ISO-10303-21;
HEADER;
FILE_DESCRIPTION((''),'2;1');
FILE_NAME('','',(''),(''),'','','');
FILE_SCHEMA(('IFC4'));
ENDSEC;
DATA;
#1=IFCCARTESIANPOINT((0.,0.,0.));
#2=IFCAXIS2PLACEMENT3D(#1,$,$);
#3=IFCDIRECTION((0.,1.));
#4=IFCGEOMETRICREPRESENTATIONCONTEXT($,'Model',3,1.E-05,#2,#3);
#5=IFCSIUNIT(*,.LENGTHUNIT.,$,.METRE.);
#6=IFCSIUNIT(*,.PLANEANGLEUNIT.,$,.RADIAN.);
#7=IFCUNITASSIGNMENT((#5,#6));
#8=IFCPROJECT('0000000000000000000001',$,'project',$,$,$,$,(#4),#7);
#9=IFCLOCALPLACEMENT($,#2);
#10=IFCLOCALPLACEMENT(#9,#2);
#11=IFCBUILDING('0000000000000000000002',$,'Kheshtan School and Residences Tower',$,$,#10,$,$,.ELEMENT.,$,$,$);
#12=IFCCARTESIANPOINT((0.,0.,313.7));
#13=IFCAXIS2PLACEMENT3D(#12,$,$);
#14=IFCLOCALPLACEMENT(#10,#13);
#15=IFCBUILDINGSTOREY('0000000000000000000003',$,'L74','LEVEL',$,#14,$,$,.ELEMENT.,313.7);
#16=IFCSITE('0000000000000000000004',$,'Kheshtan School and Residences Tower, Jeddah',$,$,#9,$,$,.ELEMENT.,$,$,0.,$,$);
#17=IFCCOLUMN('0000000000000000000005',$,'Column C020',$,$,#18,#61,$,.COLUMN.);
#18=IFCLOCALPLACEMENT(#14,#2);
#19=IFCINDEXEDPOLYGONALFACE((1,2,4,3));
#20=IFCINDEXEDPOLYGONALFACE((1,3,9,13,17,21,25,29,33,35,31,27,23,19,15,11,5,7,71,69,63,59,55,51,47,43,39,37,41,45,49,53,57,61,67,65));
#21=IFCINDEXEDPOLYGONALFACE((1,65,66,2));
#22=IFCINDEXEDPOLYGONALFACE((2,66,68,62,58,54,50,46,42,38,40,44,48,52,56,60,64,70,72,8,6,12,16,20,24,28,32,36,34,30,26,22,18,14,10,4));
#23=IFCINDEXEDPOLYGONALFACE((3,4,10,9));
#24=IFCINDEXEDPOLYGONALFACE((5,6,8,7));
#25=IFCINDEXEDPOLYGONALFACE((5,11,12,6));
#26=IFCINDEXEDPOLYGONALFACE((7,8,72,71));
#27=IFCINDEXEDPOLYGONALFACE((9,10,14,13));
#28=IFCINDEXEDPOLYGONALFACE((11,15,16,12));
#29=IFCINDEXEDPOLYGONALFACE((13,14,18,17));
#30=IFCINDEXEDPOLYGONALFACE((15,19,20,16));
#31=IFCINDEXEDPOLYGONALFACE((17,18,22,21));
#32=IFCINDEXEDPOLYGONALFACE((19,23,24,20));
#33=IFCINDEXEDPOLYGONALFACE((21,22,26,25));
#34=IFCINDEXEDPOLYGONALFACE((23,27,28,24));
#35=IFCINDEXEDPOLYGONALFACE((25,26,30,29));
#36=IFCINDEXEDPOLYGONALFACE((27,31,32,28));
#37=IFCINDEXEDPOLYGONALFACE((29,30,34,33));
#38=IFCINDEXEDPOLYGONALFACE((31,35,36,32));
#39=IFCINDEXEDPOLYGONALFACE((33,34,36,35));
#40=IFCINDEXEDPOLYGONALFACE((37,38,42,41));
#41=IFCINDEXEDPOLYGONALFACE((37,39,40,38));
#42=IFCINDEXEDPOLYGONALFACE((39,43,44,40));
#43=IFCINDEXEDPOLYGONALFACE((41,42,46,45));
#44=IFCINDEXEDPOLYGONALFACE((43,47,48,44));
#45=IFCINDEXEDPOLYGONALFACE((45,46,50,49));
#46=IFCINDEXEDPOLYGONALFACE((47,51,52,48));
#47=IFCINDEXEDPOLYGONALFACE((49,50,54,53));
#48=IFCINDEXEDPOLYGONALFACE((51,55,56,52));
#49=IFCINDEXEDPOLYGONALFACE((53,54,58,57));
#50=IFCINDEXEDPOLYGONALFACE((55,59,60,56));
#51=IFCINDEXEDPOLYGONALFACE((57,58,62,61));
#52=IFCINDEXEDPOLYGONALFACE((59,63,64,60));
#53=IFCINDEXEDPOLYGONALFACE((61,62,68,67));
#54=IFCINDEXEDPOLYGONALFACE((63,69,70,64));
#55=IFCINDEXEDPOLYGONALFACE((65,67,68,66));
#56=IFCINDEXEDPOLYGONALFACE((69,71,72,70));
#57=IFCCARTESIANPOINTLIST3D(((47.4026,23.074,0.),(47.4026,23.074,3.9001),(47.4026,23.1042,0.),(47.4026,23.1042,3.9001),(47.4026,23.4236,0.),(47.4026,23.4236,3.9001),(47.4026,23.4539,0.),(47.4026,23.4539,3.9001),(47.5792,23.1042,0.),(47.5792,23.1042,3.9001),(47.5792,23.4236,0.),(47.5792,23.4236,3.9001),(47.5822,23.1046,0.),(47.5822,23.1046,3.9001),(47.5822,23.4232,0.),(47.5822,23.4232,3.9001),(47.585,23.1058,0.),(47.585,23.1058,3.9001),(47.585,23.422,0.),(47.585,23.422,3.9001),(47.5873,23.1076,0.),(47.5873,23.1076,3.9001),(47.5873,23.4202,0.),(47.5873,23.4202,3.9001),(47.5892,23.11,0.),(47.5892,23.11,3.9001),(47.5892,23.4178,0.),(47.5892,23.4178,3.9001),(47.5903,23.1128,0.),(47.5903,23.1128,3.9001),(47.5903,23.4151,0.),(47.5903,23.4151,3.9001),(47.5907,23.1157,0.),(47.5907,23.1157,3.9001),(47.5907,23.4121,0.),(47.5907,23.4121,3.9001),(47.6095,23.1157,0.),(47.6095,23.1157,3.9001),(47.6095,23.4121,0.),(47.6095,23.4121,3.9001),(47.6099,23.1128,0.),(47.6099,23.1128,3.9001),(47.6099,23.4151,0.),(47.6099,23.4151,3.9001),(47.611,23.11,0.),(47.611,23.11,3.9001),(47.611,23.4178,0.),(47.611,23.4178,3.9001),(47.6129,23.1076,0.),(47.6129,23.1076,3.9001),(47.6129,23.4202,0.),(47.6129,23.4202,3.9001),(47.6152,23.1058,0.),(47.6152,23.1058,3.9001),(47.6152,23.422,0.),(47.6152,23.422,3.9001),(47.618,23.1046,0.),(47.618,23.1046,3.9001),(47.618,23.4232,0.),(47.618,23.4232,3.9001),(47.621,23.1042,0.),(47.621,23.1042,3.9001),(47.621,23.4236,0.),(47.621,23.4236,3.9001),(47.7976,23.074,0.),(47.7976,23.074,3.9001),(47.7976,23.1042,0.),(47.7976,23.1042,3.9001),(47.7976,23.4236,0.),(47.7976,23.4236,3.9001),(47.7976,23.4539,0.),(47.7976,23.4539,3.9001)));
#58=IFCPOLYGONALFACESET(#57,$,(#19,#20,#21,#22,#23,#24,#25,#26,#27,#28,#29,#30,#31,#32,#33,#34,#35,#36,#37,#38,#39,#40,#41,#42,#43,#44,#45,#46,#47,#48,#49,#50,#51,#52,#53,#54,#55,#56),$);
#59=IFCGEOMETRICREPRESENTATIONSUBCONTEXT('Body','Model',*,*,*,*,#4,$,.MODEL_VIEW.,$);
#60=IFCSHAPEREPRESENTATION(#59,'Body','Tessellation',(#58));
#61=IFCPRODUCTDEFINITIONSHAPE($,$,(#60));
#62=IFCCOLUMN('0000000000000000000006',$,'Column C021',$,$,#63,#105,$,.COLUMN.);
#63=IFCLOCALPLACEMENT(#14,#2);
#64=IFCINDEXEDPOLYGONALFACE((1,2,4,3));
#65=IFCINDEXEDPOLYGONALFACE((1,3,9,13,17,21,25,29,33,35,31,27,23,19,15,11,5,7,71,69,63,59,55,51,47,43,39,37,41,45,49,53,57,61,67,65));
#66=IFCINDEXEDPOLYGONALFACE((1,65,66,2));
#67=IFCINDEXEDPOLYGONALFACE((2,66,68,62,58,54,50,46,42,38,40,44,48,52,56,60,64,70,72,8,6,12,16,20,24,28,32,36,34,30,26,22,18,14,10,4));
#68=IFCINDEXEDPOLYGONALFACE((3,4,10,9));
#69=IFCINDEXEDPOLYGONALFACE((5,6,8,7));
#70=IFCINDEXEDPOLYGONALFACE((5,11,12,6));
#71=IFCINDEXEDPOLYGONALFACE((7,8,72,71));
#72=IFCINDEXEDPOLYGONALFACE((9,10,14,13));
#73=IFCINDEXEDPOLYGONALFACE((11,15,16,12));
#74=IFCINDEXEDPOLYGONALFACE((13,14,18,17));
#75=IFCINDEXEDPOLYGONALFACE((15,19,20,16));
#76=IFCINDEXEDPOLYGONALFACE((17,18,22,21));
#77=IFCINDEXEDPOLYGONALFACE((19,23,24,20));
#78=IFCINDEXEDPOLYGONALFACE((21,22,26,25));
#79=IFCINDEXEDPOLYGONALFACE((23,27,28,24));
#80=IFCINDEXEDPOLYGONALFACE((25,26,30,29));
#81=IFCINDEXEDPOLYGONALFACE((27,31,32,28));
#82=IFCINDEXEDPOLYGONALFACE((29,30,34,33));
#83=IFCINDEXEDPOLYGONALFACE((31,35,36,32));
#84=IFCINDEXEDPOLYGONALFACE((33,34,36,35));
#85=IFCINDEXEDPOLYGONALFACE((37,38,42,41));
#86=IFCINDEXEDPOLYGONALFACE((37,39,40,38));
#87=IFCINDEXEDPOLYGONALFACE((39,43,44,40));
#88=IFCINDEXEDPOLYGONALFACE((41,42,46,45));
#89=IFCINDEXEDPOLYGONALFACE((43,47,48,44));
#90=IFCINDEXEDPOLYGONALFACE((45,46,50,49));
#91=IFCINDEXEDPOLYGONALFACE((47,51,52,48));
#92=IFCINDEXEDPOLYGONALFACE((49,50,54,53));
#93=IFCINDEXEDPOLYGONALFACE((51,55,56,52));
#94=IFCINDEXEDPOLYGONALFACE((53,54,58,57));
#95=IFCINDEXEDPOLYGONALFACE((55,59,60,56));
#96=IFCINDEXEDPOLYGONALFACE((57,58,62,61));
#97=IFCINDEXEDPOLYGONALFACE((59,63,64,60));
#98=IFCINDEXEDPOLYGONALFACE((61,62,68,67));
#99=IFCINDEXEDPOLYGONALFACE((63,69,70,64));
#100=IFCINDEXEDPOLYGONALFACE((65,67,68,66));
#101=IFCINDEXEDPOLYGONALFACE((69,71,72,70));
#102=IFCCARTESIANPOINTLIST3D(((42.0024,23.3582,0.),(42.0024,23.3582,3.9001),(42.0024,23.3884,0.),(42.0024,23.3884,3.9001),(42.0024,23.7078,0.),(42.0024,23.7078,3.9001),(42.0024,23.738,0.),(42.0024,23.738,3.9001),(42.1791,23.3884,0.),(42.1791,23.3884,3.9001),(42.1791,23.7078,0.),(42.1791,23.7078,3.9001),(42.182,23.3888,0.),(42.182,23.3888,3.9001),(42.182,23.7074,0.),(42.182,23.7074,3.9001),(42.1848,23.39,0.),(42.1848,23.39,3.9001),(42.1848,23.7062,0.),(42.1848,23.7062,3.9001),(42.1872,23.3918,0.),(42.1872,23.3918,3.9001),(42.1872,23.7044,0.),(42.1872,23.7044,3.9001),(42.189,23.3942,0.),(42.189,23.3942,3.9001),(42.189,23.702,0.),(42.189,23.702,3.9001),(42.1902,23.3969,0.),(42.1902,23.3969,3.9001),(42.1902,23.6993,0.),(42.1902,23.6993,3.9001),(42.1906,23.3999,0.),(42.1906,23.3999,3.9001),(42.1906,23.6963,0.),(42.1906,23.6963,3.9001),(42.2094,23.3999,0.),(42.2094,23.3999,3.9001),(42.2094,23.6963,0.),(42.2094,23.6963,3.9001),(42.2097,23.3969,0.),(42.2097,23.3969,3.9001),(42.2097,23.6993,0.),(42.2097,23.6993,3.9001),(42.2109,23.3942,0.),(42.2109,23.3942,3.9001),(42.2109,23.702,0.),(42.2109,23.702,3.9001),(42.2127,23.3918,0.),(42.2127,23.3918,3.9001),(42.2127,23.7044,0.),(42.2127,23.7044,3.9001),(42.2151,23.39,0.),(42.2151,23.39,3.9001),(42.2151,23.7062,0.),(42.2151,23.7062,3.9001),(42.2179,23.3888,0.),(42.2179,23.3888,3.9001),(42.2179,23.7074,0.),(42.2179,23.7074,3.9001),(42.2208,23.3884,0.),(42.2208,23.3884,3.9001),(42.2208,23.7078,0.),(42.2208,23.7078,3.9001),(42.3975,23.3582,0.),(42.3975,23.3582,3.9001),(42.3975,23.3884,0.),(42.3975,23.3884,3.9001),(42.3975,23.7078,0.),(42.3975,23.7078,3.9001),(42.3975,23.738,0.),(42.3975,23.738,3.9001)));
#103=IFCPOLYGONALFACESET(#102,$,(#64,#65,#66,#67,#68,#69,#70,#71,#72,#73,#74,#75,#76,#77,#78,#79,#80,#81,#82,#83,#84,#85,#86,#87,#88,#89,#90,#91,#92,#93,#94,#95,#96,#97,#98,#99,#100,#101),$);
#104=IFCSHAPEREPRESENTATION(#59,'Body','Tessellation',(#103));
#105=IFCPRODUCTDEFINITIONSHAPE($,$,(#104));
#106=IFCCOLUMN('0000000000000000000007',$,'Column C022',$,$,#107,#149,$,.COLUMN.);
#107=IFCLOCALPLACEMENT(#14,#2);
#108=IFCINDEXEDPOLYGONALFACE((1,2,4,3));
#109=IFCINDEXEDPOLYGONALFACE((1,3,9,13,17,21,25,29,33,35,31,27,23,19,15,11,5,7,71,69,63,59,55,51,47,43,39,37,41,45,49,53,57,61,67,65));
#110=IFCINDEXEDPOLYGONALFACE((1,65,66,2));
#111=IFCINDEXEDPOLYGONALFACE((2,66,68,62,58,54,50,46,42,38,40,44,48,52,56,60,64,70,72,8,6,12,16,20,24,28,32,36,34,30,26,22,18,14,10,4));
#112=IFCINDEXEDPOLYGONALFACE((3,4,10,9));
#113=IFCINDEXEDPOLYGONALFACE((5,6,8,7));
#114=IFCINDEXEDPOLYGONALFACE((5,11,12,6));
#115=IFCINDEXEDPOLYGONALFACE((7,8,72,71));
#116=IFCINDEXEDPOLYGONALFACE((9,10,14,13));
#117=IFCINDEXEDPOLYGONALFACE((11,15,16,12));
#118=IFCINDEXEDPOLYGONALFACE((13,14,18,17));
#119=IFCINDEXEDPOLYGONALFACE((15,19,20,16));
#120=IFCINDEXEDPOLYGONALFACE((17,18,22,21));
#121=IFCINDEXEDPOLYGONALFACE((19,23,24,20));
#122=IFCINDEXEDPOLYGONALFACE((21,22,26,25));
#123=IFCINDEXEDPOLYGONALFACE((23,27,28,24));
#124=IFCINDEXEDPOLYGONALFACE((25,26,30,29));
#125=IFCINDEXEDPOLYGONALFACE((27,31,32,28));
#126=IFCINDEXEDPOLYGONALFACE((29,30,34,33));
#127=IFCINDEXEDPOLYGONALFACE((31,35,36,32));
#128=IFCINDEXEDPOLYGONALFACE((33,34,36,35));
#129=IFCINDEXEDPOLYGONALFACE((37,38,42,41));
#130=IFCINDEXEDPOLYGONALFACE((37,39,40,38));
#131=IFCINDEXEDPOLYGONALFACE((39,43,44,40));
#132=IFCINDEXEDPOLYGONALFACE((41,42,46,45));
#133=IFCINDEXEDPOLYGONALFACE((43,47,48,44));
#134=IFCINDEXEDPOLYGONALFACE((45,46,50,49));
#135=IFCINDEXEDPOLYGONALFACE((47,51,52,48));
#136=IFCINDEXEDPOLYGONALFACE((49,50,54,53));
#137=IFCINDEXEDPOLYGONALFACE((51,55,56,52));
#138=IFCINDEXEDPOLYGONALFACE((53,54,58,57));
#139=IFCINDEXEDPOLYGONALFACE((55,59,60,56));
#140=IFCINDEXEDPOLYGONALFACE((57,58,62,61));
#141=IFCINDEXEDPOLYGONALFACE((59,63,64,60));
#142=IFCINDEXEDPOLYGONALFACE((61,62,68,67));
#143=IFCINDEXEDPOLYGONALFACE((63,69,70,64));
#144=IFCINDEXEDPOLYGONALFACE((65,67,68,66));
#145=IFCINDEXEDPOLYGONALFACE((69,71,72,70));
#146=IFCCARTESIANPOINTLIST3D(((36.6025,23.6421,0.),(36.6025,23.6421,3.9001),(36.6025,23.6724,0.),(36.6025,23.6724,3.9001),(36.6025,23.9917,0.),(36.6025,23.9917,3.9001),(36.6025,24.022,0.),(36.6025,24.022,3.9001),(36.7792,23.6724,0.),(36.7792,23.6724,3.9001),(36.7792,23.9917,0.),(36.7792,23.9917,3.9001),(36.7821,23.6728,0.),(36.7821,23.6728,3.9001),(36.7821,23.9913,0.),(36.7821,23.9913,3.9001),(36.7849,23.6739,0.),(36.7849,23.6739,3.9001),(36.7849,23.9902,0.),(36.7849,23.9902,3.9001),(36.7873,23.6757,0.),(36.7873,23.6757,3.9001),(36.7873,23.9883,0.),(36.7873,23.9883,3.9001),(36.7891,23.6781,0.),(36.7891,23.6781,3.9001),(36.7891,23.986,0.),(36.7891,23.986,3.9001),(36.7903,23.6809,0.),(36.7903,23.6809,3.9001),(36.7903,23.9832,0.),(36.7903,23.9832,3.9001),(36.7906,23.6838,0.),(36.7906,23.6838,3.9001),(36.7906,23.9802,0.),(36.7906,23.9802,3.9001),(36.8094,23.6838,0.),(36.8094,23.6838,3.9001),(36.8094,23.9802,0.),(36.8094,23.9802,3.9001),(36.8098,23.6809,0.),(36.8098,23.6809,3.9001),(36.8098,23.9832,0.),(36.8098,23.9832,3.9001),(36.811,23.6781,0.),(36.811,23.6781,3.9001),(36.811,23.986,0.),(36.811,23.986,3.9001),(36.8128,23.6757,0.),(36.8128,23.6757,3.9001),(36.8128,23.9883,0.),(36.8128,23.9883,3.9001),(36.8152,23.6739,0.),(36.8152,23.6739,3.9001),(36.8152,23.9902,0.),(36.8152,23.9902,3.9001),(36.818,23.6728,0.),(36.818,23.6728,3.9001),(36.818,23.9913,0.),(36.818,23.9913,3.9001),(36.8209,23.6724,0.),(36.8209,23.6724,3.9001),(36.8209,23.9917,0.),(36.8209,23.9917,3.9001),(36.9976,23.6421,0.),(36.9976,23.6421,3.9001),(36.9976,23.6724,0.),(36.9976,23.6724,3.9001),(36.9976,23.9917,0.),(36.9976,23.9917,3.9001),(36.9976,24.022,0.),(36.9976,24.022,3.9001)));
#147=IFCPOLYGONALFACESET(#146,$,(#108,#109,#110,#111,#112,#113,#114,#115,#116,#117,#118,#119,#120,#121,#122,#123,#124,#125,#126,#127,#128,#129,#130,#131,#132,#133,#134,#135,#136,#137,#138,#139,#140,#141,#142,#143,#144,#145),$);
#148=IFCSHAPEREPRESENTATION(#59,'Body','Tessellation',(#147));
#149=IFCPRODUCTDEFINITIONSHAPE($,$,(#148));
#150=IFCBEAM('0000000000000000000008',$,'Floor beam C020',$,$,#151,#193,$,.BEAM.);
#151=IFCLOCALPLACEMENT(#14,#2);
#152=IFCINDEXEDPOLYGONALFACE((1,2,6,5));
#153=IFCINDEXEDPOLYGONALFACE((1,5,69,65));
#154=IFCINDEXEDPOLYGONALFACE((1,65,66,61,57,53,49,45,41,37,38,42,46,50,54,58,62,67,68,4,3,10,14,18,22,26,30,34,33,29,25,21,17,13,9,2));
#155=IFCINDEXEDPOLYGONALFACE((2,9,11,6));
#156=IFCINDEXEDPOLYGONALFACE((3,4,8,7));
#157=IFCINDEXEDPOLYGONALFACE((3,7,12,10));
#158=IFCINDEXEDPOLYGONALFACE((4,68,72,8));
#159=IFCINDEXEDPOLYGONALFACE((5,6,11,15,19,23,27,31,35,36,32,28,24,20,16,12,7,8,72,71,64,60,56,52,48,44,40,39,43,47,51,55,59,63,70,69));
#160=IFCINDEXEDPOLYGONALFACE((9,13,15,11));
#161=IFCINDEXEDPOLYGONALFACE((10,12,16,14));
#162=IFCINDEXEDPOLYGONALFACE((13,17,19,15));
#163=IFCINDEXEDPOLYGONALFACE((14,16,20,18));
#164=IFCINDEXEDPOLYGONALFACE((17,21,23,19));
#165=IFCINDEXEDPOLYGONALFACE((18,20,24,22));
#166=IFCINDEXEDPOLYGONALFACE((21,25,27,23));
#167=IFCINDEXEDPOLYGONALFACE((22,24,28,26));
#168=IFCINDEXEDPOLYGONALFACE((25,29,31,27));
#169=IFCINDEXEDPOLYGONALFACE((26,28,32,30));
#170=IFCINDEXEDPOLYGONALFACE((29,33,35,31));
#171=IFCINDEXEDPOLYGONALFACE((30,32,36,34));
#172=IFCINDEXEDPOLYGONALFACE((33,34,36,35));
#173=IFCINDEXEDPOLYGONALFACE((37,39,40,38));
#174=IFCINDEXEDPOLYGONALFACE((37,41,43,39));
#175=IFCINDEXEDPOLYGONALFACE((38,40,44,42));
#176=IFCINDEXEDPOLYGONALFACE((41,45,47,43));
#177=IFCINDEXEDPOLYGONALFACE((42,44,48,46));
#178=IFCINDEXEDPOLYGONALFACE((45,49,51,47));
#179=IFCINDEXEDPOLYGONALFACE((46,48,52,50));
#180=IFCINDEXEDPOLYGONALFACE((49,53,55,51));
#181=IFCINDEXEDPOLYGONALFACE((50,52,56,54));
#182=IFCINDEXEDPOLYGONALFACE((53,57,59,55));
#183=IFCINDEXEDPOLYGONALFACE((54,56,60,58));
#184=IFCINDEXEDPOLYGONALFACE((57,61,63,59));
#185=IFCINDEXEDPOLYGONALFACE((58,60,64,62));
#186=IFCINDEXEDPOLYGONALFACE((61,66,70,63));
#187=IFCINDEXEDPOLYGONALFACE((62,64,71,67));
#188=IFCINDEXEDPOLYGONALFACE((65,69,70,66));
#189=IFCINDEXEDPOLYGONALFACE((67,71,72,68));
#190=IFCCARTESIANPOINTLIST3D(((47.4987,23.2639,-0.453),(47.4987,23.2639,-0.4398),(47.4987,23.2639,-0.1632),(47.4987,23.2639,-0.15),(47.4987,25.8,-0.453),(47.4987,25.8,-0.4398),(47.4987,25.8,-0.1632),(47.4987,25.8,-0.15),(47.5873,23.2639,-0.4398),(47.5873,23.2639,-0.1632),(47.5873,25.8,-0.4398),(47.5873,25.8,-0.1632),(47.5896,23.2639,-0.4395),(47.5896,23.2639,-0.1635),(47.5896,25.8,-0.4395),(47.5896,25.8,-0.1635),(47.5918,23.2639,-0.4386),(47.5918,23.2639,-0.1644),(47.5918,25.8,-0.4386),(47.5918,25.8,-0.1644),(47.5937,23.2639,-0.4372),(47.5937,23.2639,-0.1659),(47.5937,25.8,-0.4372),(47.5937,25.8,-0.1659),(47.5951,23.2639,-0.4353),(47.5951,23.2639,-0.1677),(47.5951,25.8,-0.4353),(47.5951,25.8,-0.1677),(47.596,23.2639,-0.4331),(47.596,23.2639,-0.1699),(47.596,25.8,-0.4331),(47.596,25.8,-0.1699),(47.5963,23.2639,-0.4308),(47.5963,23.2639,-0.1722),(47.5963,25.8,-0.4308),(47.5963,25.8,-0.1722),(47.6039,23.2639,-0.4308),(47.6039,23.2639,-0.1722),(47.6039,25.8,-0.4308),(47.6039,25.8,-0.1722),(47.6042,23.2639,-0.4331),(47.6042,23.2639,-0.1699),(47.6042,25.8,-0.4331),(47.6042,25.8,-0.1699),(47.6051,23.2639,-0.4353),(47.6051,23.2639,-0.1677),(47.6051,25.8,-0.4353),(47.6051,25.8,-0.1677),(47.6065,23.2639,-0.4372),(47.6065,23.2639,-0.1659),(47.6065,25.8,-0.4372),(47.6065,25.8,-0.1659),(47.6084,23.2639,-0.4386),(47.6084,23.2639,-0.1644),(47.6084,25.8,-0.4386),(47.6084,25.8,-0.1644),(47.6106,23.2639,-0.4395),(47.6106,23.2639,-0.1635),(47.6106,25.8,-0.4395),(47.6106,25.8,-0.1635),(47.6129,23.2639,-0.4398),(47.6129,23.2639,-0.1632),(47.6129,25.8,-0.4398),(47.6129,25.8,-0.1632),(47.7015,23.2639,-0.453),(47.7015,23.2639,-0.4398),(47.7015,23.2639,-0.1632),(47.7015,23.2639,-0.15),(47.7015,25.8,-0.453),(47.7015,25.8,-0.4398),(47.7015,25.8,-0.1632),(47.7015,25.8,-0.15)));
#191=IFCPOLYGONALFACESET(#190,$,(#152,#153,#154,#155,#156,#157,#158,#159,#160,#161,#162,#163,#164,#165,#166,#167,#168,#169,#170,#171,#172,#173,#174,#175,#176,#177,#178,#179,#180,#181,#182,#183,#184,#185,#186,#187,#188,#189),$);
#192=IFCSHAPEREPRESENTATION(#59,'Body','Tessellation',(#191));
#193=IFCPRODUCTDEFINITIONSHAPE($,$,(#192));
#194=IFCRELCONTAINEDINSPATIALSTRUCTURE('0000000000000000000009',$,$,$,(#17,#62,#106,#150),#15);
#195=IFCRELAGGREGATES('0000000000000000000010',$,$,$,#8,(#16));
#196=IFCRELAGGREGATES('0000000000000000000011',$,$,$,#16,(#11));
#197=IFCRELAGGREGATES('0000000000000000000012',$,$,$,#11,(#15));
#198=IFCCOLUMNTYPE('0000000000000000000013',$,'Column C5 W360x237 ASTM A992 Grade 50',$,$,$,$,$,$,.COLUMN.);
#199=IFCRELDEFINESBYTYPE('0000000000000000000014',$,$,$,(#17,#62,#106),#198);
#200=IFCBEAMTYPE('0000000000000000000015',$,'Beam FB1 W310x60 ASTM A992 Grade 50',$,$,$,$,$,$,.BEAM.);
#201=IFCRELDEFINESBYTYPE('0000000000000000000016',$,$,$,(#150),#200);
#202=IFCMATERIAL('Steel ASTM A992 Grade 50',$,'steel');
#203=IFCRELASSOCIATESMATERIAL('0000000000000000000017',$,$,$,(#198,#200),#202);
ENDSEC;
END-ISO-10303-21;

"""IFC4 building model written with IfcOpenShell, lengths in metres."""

from ifc_helpers import new_model, si_unit, direction, frame, origin, origin_2d, place, context, subcontext, project, spatial, i_section, extrude, material, material_profile, profile_set, type_object, element, save


model = new_model("IFC4")

# Units and contexts
model_context = context("Model", 3, precision=1e-05, world=origin(), true_north=direction((0.0, 1.0)))
body_context = subcontext(model_context, "Body", "Model", "MODEL_VIEW")
ifc_project = project(units=[si_unit("LENGTHUNIT", "METRE"), si_unit("PLANEANGLEUNIT", "RADIAN")], contexts=[model_context])

# Site, building, storey
site_placement = place(None, origin())
site = spatial("IfcSite", under=ifc_project, at=site_placement, Name="Kheshtan School and Residences Tower, Jeddah", CompositionType="ELEMENT", RefElevation=0.0)
building_placement = place(site_placement, origin())
building = spatial("IfcBuilding", under=site, at=building_placement, Name="Kheshtan School and Residences Tower", CompositionType="ELEMENT")
storey_placement = place(building_placement, frame((0.0, 0.0, 313.7)))
storey = spatial("IfcBuildingStorey", under=building, at=storey_placement, Name="L74", Description="LEVEL", CompositionType="ELEMENT", Elevation=313.7)

# Columns
ifc_material_1 = material(Name="Steel ASTM A992 Grade 50", Category="steel")
ifc_material_profile_1 = material_profile(ifc_material_1, i_section(OverallWidth=0.395, OverallDepth=0.3799, WebThickness=0.0188, FlangeThickness=0.0303, FilletRadius=0.0115, at=origin_2d()), Name="W360x237")
ifc_profile_set_1 = profile_set([ifc_material_profile_1], Name="Steel ASTM A992 Grade 50")
column_type = type_object("IfcColumnType", Name="Column C5 W360x237 ASTM A992 Grade 50", PredefinedType="COLUMN", material=ifc_profile_set_1)
for number, where, z_axis, x_axis, name in (
    (1, (47.6001, 23.2639, 0.0), (0.0, 0.0, 1.0), (1.0, 0.0, 0.0), "Column C020"),
    (2, (42.2, 23.5481, 0.0), (0.0, 0.0, 1.0), (1.0, 0.0, 0.0), "Column C021"),
    (3, (36.8, 23.832, 0.0), (0.0, 0.0, 1.0), (1.0, 0.0, 0.0), "Column C022"),
):
    element("IfcColumn", number, at=place(storey_placement, frame(where, z_axis=z_axis, x_axis=x_axis)), inside=storey, type_object=column_type, Name=name, PredefinedType="COLUMN", context=body_context, shape_type="SweptSolid", body=[
        extrude(i_section(OverallWidth=0.395, OverallDepth=0.3799, WebThickness=0.0188, FlangeThickness=0.0303, FilletRadius=0.0115, at=origin_2d()), origin(), (0.0, 0.0, 1.0), 3.9001),
    ])

# Beam
ifc_material_profile_2 = material_profile(ifc_material_1, i_section(OverallWidth=0.2029, OverallDepth=0.303, WebThickness=0.0076, FlangeThickness=0.0132, FilletRadius=0.009, at=origin_2d()), Name="W310x60")
ifc_profile_set_2 = profile_set([ifc_material_profile_2], Name="Steel ASTM A992 Grade 50")
beam_type_1 = type_object("IfcBeamType", Name="Beam FB1 W310x60 ASTM A992 Grade 50", PredefinedType="BEAM", material=ifc_profile_set_2)
beam_1_placement = place(storey_placement, frame((47.6001, 23.2639, -0.3015), z_axis=(0.0, 1.0, 0.0), x_axis=(-1.0, 0.0, 0.0)))
element("IfcBeam", 4, at=beam_1_placement, inside=storey, type_object=beam_type_1, Name="Floor beam C020", PredefinedType="BEAM", context=body_context, shape_type="SweptSolid", body=[
    extrude(i_section(OverallWidth=0.2029, OverallDepth=0.303, WebThickness=0.0076, FlangeThickness=0.0132, FilletRadius=0.009, at=origin_2d()), origin(), (0.0, 0.0, 1.0), 2.5361),
])

save(model, "model.ifc")
